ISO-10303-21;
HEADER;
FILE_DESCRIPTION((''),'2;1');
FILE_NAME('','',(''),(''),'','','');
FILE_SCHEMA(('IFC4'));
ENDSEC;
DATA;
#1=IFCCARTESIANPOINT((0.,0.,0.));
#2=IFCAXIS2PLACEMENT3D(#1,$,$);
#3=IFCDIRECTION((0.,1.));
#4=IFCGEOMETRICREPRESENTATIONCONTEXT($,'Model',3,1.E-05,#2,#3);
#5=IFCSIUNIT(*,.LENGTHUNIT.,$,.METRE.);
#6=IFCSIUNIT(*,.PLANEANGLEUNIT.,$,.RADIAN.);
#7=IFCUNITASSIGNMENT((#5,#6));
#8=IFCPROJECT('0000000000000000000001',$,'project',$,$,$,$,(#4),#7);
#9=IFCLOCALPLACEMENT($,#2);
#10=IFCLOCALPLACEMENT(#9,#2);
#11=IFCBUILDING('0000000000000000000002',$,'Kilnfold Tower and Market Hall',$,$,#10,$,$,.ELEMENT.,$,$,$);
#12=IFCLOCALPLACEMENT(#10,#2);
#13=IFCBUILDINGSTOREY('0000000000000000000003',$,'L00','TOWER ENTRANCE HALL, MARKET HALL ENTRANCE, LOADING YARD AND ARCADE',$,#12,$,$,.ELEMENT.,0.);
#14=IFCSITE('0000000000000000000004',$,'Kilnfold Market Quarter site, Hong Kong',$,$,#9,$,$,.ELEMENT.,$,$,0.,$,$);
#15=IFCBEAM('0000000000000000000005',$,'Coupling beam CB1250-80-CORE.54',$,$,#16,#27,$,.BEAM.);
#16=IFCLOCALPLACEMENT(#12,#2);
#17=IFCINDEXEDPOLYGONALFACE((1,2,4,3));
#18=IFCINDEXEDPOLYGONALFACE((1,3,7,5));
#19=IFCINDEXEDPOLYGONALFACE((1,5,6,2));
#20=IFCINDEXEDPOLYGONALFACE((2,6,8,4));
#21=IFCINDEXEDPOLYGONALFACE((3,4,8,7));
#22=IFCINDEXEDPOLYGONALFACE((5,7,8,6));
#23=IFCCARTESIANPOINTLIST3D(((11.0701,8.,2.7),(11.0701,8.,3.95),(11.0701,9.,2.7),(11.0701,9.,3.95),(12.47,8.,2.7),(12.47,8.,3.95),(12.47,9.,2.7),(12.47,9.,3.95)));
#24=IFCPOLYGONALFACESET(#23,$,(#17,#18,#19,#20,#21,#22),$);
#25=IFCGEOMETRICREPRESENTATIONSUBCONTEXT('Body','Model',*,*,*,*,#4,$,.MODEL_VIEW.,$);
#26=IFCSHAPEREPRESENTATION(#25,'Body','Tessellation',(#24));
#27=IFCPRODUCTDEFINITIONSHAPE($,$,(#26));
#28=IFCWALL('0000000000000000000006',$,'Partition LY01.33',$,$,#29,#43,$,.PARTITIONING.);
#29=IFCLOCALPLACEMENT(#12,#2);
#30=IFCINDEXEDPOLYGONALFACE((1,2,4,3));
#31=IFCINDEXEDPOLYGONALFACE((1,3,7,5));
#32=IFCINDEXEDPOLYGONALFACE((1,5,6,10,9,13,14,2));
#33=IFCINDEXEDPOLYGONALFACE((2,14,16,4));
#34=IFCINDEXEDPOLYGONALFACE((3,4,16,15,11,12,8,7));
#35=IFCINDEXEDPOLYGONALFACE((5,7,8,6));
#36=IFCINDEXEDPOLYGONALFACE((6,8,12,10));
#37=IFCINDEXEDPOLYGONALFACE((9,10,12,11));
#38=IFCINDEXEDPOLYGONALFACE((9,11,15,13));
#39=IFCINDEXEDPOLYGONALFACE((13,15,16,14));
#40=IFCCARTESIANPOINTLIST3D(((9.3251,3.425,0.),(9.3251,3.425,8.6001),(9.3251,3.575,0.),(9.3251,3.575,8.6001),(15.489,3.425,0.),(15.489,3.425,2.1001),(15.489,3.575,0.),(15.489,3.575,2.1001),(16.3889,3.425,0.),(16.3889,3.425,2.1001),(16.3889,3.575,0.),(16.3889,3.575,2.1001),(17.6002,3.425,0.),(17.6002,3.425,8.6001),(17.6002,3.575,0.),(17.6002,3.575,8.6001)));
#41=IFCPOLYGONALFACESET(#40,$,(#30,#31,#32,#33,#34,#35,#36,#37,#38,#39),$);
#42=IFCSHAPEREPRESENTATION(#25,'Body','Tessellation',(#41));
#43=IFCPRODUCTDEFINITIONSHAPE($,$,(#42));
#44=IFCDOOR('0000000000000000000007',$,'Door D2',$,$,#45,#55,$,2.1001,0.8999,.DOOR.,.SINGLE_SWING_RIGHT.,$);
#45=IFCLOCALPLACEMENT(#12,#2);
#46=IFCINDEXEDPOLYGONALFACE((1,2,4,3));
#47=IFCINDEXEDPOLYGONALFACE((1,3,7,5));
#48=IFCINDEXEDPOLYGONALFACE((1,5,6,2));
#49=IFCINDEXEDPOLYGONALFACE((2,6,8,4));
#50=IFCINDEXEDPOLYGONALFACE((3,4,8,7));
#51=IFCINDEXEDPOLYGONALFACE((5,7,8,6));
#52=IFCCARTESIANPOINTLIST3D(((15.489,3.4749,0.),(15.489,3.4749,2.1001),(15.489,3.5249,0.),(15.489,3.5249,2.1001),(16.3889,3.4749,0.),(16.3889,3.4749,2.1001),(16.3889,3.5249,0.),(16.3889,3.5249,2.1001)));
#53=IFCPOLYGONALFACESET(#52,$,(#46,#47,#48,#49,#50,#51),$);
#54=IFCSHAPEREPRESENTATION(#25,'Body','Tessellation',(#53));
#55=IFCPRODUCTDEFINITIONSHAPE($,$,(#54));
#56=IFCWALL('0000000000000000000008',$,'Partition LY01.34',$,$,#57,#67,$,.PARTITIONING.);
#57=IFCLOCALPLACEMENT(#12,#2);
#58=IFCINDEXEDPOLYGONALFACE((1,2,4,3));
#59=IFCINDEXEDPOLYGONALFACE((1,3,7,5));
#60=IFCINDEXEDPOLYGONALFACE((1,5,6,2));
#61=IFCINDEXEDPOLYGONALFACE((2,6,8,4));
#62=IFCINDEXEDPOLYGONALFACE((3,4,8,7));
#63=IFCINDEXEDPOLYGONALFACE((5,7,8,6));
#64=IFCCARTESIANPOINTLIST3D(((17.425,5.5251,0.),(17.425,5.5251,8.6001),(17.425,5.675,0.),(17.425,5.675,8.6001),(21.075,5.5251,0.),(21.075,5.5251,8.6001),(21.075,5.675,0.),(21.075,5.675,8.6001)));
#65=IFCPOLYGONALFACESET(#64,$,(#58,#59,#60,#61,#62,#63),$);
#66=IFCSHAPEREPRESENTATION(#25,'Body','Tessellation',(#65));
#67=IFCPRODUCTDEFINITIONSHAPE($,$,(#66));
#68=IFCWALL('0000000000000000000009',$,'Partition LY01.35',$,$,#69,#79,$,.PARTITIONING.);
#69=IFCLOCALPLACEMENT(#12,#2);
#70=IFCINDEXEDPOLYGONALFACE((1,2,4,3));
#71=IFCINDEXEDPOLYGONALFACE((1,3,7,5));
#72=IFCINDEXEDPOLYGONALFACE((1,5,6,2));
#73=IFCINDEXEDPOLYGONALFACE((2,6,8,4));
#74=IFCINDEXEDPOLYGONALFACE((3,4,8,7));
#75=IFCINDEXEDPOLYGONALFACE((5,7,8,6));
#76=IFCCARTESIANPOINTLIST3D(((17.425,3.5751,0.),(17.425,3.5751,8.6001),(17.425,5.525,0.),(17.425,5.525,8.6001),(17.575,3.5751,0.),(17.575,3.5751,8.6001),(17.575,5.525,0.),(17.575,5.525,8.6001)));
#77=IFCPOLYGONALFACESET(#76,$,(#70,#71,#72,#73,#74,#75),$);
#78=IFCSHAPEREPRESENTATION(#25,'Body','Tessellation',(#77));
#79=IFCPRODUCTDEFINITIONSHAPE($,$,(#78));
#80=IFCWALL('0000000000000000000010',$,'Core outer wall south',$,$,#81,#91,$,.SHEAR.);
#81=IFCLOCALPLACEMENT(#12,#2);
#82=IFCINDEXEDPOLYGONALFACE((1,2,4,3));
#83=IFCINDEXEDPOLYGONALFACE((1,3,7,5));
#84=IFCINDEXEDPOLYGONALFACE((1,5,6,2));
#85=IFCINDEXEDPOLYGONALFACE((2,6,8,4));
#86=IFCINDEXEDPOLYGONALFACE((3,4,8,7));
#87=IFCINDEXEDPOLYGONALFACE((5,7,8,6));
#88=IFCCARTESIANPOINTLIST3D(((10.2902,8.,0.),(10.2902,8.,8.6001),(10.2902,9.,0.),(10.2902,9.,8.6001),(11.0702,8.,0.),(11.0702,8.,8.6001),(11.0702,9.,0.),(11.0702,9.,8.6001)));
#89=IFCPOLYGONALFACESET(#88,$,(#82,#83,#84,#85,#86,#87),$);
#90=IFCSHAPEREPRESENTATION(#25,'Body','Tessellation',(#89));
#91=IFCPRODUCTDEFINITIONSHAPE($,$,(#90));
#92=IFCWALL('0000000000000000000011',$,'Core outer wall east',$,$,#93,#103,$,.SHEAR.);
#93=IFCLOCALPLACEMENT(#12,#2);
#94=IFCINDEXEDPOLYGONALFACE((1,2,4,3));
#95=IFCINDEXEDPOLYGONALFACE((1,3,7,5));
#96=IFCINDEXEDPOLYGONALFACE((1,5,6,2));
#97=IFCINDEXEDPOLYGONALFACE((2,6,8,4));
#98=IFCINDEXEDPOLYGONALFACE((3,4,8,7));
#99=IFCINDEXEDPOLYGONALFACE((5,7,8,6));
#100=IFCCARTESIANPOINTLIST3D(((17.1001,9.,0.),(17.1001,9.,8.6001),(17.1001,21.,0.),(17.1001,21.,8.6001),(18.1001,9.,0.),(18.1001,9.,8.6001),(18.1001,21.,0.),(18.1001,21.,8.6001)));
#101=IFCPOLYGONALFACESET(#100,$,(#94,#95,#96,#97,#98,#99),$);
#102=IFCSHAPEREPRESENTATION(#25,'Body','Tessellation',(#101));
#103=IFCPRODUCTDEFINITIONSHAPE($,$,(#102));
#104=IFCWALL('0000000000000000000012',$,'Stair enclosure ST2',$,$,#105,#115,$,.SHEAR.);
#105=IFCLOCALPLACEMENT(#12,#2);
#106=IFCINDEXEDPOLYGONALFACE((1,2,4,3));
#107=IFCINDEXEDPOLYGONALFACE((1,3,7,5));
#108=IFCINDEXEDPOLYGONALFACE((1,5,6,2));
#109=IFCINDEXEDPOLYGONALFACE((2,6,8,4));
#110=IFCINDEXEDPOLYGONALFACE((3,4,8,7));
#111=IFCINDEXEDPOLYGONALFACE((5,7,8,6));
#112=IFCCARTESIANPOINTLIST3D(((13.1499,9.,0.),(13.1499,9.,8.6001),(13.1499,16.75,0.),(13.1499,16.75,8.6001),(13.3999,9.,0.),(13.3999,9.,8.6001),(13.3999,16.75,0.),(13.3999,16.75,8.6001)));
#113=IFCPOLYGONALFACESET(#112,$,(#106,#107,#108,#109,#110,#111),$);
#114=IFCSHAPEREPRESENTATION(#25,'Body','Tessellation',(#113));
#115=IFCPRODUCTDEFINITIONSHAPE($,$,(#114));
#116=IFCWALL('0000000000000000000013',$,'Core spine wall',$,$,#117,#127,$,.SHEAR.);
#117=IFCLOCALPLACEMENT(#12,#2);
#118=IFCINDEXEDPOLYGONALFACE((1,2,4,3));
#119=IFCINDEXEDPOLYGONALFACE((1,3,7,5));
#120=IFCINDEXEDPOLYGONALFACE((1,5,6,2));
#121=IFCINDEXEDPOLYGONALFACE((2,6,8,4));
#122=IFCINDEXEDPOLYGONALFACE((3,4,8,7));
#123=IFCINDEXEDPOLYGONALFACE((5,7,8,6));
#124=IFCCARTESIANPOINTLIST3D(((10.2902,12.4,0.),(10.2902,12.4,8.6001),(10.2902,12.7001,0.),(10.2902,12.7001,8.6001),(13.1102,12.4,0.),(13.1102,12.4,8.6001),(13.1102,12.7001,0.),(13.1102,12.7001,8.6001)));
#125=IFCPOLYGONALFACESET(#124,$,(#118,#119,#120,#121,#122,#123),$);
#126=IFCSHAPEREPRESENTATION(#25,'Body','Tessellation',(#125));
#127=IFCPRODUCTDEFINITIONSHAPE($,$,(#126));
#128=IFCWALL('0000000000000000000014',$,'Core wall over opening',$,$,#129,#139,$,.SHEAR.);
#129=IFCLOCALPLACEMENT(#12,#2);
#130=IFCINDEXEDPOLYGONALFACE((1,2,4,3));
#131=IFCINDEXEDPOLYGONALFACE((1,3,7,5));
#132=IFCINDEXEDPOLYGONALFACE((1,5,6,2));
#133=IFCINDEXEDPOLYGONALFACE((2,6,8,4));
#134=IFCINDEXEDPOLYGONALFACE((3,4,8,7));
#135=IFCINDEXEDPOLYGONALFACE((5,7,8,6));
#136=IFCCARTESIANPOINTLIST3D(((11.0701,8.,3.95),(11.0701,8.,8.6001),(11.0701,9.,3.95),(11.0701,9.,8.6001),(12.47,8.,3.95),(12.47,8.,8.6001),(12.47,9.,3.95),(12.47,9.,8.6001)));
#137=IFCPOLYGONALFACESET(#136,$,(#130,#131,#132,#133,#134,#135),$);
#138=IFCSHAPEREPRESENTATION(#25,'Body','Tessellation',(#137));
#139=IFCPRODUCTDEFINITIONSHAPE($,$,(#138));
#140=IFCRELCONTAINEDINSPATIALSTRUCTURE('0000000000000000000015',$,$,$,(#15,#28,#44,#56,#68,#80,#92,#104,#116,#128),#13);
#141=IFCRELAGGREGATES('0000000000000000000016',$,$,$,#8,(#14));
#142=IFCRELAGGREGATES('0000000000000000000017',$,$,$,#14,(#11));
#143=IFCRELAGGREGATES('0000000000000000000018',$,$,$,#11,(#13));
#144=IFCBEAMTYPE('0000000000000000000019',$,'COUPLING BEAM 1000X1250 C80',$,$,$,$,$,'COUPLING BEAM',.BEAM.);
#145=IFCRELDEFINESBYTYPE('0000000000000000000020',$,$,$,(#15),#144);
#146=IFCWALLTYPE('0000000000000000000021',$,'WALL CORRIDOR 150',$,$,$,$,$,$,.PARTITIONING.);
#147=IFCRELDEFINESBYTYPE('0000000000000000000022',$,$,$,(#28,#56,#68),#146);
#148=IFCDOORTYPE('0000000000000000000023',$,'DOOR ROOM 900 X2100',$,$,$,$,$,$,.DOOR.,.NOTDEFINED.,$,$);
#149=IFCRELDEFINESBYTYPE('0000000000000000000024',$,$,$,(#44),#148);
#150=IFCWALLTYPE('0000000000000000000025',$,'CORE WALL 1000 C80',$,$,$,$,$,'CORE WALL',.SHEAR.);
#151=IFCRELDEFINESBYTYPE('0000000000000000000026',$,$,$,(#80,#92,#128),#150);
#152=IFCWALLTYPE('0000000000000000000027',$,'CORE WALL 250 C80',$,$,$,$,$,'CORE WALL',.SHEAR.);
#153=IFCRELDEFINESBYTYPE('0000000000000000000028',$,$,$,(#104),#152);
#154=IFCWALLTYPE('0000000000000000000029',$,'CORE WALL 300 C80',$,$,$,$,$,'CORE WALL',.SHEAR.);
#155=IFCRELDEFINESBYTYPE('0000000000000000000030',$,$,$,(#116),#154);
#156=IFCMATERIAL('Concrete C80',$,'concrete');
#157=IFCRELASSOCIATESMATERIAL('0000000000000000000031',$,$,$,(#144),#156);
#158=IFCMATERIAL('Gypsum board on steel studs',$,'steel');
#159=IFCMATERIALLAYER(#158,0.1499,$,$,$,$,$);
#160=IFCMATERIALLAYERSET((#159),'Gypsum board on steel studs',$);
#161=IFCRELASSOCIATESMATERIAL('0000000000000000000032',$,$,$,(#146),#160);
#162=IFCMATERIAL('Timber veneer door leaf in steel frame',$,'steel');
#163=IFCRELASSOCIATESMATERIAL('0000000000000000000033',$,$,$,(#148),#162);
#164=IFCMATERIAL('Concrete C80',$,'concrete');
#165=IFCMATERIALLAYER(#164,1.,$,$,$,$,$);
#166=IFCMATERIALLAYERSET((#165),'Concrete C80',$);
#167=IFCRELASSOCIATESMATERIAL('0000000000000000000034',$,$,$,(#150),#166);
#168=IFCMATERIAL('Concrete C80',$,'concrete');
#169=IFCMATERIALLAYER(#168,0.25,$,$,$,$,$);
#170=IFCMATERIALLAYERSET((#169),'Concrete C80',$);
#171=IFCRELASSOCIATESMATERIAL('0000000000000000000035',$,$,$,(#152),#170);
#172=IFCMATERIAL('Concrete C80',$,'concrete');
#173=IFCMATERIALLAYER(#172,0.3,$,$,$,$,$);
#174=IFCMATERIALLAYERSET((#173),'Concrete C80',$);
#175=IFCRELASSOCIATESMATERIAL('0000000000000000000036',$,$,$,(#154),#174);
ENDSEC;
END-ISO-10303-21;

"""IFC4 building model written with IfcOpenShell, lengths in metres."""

from ifc_helpers import new_model, si_unit, direction, frame, frame_2d, origin, origin_2d, place, context, subcontext, project, spatial, rectangle, extrude, source, transform, mapped, material, layer, layer_set, material_profile, profile_set, type_object, element, fill, save


model = new_model("IFC4")

# Units and contexts
model_context = context("Model", 3, precision=1e-05, world=origin(), true_north=direction((0.0, 1.0)))
body_context = subcontext(model_context, "Body", "Model", "MODEL_VIEW")
ifc_project = project(units=[si_unit("LENGTHUNIT", "METRE"), si_unit("PLANEANGLEUNIT", "RADIAN")], contexts=[model_context])

# Site, building, storey
site_placement = place(None, origin())
site = spatial("IfcSite", under=ifc_project, at=site_placement, Name="Kilnfold Market Quarter site, Hong Kong", CompositionType="ELEMENT", RefElevation=0.0)
building_placement = place(site_placement, origin())
building = spatial("IfcBuilding", under=site, at=building_placement, Name="Kilnfold Tower and Market Hall", CompositionType="ELEMENT")
storey_placement = place(building_placement, origin())
storey = spatial("IfcBuildingStorey", under=building, at=storey_placement, Name="L00", Description="TOWER ENTRANCE HALL, MARKET HALL ENTRANCE, LOADING YARD AND ARCADE", CompositionType="ELEMENT", Elevation=0.0)

# Beam
ifc_material_1 = material(Name="Concrete C80", Category="concrete")
ifc_material_profile = material_profile(ifc_material_1, rectangle(XDim=1.0, YDim=1.25, at=origin_2d()), Name="RC 1000x1250")
ifc_profile_set = profile_set([ifc_material_profile], Name="Concrete C80")
beam_type = type_object("IfcBeamType", Name="COUPLING BEAM 1000X1250 C80", ElementType="COUPLING BEAM", PredefinedType="BEAM", material=ifc_profile_set)
shared_shape_1 = source(origin(), body_context, "Body", "SweptSolid", [
    extrude(rectangle(XDim=1.0, YDim=1.25, at=origin_2d()), origin(), (0.0, 0.0, 1.0), 1.3999),
])
beam_placement = place(storey_placement, frame((11.0701, 8.5, 3.325), z_axis=(1.0, 0.0, 0.0), x_axis=(0.0, 1.0, 0.0)))
element("IfcBeam", 1, at=beam_placement, inside=storey, type_object=beam_type, Name="Coupling beam CB1250-80-CORE.54", PredefinedType="BEAM", context=body_context, shape_type="MappedRepresentation", body=[
    mapped(shared_shape_1, transform((0.0, 0.0, 0.0))),
])

# Wall, opening, door
ifc_material_2 = material(Name="Gypsum board on steel studs", Category="steel")
ifc_layer_1 = layer(ifc_material_2, 0.1499)
ifc_layer_set_1 = layer_set([ifc_layer_1], Name="Gypsum board on steel studs")
wall_type_1 = type_object("IfcWallType", Name="WALL CORRIDOR 150", PredefinedType="PARTITIONING", material=ifc_layer_set_1)
wall_1_placement = place(storey_placement, frame((9.325, 3.5, 0.0), z_axis=(0.0, 0.0, 1.0), x_axis=(1.0, 0.0, 0.0)))
wall_1 = element("IfcWall", 2, at=wall_1_placement, inside=storey, type_object=wall_type_1, Name="Partition LY01.33", PredefinedType="PARTITIONING", context=body_context, shape_type="SweptSolid", body=[
    extrude(rectangle(XDim=8.2751, YDim=0.1499, at=frame_2d((4.1377, 0.0))), origin(), (0.0, 0.0, 1.0), 8.6001),
])
opening_1_placement = place(wall_1_placement, frame((6.1641, 0.0, 0.0)))
opening_1 = element("IfcOpeningElement", 3, at=opening_1_placement, cuts=wall_1, PredefinedType="OPENING", context=body_context, shape_type="SweptSolid", body=[
    extrude(rectangle(XDim=0.8999, YDim=2.1001, at=frame_2d((0.45, 1.05))), frame((0.0, 0.085, 0.0), z_axis=(0.0, -1.0, 0.0), x_axis=(1.0, 0.0, 0.0)), (0.0, 0.0, 1.0), 0.1699),
])
ifc_material_3 = material(Name="Timber veneer door leaf in steel frame", Category="steel")
door_type_1 = type_object("IfcDoorType", Name="DOOR ROOM 900 X2100", OperationType="NOTDEFINED", PredefinedType="DOOR", material=ifc_material_3)
door_1_placement = place(opening_1_placement, origin())
door_1 = element("IfcDoor", 4, at=door_1_placement, inside=storey, type_object=door_type_1, Name="Door D2", OperationType="SINGLE_SWING_RIGHT", OverallHeight=2.1001, OverallWidth=0.8999, PredefinedType="DOOR", context=body_context, shape_type="SweptSolid", body=[
    extrude(rectangle(XDim=0.8999, YDim=2.1001, at=frame_2d((0.45, 1.05))), frame((0.0, 0.0249, 0.0), z_axis=(0.0, -1.0, 0.0), x_axis=(1.0, 0.0, 0.0)), (0.0, 0.0, 1.0), 0.05),
])
fill(opening_1, door_1)

# Walls
wall_2_placement = place(storey_placement, frame((17.425, 5.6001, 0.0), z_axis=(0.0, 0.0, 1.0), x_axis=(1.0, 0.0, 0.0)))
element("IfcWall", 5, at=wall_2_placement, inside=storey, type_object=wall_type_1, Name="Partition LY01.34", PredefinedType="PARTITIONING", context=body_context, shape_type="SweptSolid", body=[
    extrude(rectangle(XDim=3.6499, YDim=0.1499, at=frame_2d((1.825, 0.0))), origin(), (0.0, 0.0, 1.0), 8.6001),
])
wall_3_placement = place(storey_placement, frame((17.5, 3.575, 0.0), z_axis=(0.0, 0.0, 1.0), x_axis=(0.0, 1.0, 0.0)))
element("IfcWall", 6, at=wall_3_placement, inside=storey, type_object=wall_type_1, Name="Partition LY01.35", PredefinedType="PARTITIONING", context=body_context, shape_type="SweptSolid", body=[
    extrude(rectangle(XDim=1.95, YDim=0.1499, at=frame_2d((0.9751, 0.0))), origin(), (0.0, 0.0, 1.0), 8.6001),
])
ifc_material_4 = material(Name="Concrete C80", Category="concrete")
ifc_layer_2 = layer(ifc_material_4, 1.0)
ifc_layer_set_2 = layer_set([ifc_layer_2], Name="Concrete C80")
wall_type_2 = type_object("IfcWallType", Name="CORE WALL 1000 C80", ElementType="CORE WALL", PredefinedType="SHEAR", material=ifc_layer_set_2)
shared_shape_2 = source(origin(), body_context, "Body", "SweptSolid", [
    extrude(rectangle(XDim=0.78, YDim=1.0, at=frame_2d((0.3901, 0.0))), origin(), (0.0, 0.0, 1.0), 8.6001),
])
wall_4_placement = place(storey_placement, frame((10.29, 8.5, 0.0), z_axis=(0.0, 0.0, 1.0), x_axis=(1.0, 0.0, 0.0)))
element("IfcWall", 7, at=wall_4_placement, inside=storey, type_object=wall_type_2, Name="Core outer wall south", PredefinedType="SHEAR", context=body_context, shape_type="MappedRepresentation", body=[
    mapped(shared_shape_2, transform((0.0, 0.0, 0.0))),
])

# Walls
shared_shape_3 = source(origin(), body_context, "Body", "SweptSolid", [
    extrude(rectangle(XDim=12.0, YDim=1.0, at=frame_2d((6.0, 0.0))), origin(), (0.0, 0.0, 1.0), 8.6001),
])
wall_5_placement = place(storey_placement, frame((17.6001, 9.0, 0.0), z_axis=(0.0, 0.0, 1.0), x_axis=(0.0, 1.0, 0.0)))
element("IfcWall", 8, at=wall_5_placement, inside=storey, type_object=wall_type_2, Name="Core outer wall east", PredefinedType="SHEAR", context=body_context, shape_type="MappedRepresentation", body=[
    mapped(shared_shape_3, transform((0.0, 0.0, 0.0))),
])
ifc_material_5 = material(Name="Concrete C80", Category="concrete")
ifc_layer_3 = layer(ifc_material_5, 0.25)
ifc_layer_set_3 = layer_set([ifc_layer_3], Name="Concrete C80")
wall_type_3 = type_object("IfcWallType", Name="CORE WALL 250 C80", ElementType="CORE WALL", PredefinedType="SHEAR", material=ifc_layer_set_3)
shared_shape_4 = source(origin(), body_context, "Body", "SweptSolid", [
    extrude(rectangle(XDim=7.75, YDim=0.25, at=frame_2d((3.875, 0.0))), origin(), (0.0, 0.0, 1.0), 8.6001),
])
wall_6_placement = place(storey_placement, frame((13.2749, 9.0, 0.0), z_axis=(0.0, 0.0, 1.0), x_axis=(0.0, 1.0, 0.0)))
element("IfcWall", 9, at=wall_6_placement, inside=storey, type_object=wall_type_3, Name="Stair enclosure ST2", PredefinedType="SHEAR", context=body_context, shape_type="MappedRepresentation", body=[
    mapped(shared_shape_4, transform((0.0, 0.0, 0.0))),
])
ifc_material_6 = material(Name="Concrete C80", Category="concrete")
ifc_layer_4 = layer(ifc_material_6, 0.3)
ifc_layer_set_4 = layer_set([ifc_layer_4], Name="Concrete C80")
wall_type_4 = type_object("IfcWallType", Name="CORE WALL 300 C80", ElementType="CORE WALL", PredefinedType="SHEAR", material=ifc_layer_set_4)
shared_shape_5 = source(origin(), body_context, "Body", "SweptSolid", [
    extrude(rectangle(XDim=2.8201, YDim=0.3, at=frame_2d((1.4102, 0.0))), origin(), (0.0, 0.0, 1.0), 8.6001),
])
wall_7_placement = place(storey_placement, frame((10.29, 12.55, 0.0), z_axis=(0.0, 0.0, 1.0), x_axis=(1.0, 0.0, 0.0)))
element("IfcWall", 10, at=wall_7_placement, inside=storey, type_object=wall_type_4, Name="Core spine wall", PredefinedType="SHEAR", context=body_context, shape_type="MappedRepresentation", body=[
    mapped(shared_shape_5, transform((0.0, 0.0, 0.0))),
])
shared_shape_6 = source(origin(), body_context, "Body", "SweptSolid", [
    extrude(rectangle(XDim=1.3999, YDim=1.0, at=frame_2d((0.7, 0.0))), origin(), (0.0, 0.0, 1.0), 4.6501),
])
wall_8_placement = place(storey_placement, frame((11.0701, 8.5, 3.95), z_axis=(0.0, 0.0, 1.0), x_axis=(1.0, 0.0, 0.0)))
element("IfcWall", 11, at=wall_8_placement, inside=storey, type_object=wall_type_2, Name="Core wall over opening", PredefinedType="SHEAR", context=body_context, shape_type="MappedRepresentation", body=[
    mapped(shared_shape_6, transform((0.0, 0.0, 0.0))),
])

save(model, "model.ifc")
